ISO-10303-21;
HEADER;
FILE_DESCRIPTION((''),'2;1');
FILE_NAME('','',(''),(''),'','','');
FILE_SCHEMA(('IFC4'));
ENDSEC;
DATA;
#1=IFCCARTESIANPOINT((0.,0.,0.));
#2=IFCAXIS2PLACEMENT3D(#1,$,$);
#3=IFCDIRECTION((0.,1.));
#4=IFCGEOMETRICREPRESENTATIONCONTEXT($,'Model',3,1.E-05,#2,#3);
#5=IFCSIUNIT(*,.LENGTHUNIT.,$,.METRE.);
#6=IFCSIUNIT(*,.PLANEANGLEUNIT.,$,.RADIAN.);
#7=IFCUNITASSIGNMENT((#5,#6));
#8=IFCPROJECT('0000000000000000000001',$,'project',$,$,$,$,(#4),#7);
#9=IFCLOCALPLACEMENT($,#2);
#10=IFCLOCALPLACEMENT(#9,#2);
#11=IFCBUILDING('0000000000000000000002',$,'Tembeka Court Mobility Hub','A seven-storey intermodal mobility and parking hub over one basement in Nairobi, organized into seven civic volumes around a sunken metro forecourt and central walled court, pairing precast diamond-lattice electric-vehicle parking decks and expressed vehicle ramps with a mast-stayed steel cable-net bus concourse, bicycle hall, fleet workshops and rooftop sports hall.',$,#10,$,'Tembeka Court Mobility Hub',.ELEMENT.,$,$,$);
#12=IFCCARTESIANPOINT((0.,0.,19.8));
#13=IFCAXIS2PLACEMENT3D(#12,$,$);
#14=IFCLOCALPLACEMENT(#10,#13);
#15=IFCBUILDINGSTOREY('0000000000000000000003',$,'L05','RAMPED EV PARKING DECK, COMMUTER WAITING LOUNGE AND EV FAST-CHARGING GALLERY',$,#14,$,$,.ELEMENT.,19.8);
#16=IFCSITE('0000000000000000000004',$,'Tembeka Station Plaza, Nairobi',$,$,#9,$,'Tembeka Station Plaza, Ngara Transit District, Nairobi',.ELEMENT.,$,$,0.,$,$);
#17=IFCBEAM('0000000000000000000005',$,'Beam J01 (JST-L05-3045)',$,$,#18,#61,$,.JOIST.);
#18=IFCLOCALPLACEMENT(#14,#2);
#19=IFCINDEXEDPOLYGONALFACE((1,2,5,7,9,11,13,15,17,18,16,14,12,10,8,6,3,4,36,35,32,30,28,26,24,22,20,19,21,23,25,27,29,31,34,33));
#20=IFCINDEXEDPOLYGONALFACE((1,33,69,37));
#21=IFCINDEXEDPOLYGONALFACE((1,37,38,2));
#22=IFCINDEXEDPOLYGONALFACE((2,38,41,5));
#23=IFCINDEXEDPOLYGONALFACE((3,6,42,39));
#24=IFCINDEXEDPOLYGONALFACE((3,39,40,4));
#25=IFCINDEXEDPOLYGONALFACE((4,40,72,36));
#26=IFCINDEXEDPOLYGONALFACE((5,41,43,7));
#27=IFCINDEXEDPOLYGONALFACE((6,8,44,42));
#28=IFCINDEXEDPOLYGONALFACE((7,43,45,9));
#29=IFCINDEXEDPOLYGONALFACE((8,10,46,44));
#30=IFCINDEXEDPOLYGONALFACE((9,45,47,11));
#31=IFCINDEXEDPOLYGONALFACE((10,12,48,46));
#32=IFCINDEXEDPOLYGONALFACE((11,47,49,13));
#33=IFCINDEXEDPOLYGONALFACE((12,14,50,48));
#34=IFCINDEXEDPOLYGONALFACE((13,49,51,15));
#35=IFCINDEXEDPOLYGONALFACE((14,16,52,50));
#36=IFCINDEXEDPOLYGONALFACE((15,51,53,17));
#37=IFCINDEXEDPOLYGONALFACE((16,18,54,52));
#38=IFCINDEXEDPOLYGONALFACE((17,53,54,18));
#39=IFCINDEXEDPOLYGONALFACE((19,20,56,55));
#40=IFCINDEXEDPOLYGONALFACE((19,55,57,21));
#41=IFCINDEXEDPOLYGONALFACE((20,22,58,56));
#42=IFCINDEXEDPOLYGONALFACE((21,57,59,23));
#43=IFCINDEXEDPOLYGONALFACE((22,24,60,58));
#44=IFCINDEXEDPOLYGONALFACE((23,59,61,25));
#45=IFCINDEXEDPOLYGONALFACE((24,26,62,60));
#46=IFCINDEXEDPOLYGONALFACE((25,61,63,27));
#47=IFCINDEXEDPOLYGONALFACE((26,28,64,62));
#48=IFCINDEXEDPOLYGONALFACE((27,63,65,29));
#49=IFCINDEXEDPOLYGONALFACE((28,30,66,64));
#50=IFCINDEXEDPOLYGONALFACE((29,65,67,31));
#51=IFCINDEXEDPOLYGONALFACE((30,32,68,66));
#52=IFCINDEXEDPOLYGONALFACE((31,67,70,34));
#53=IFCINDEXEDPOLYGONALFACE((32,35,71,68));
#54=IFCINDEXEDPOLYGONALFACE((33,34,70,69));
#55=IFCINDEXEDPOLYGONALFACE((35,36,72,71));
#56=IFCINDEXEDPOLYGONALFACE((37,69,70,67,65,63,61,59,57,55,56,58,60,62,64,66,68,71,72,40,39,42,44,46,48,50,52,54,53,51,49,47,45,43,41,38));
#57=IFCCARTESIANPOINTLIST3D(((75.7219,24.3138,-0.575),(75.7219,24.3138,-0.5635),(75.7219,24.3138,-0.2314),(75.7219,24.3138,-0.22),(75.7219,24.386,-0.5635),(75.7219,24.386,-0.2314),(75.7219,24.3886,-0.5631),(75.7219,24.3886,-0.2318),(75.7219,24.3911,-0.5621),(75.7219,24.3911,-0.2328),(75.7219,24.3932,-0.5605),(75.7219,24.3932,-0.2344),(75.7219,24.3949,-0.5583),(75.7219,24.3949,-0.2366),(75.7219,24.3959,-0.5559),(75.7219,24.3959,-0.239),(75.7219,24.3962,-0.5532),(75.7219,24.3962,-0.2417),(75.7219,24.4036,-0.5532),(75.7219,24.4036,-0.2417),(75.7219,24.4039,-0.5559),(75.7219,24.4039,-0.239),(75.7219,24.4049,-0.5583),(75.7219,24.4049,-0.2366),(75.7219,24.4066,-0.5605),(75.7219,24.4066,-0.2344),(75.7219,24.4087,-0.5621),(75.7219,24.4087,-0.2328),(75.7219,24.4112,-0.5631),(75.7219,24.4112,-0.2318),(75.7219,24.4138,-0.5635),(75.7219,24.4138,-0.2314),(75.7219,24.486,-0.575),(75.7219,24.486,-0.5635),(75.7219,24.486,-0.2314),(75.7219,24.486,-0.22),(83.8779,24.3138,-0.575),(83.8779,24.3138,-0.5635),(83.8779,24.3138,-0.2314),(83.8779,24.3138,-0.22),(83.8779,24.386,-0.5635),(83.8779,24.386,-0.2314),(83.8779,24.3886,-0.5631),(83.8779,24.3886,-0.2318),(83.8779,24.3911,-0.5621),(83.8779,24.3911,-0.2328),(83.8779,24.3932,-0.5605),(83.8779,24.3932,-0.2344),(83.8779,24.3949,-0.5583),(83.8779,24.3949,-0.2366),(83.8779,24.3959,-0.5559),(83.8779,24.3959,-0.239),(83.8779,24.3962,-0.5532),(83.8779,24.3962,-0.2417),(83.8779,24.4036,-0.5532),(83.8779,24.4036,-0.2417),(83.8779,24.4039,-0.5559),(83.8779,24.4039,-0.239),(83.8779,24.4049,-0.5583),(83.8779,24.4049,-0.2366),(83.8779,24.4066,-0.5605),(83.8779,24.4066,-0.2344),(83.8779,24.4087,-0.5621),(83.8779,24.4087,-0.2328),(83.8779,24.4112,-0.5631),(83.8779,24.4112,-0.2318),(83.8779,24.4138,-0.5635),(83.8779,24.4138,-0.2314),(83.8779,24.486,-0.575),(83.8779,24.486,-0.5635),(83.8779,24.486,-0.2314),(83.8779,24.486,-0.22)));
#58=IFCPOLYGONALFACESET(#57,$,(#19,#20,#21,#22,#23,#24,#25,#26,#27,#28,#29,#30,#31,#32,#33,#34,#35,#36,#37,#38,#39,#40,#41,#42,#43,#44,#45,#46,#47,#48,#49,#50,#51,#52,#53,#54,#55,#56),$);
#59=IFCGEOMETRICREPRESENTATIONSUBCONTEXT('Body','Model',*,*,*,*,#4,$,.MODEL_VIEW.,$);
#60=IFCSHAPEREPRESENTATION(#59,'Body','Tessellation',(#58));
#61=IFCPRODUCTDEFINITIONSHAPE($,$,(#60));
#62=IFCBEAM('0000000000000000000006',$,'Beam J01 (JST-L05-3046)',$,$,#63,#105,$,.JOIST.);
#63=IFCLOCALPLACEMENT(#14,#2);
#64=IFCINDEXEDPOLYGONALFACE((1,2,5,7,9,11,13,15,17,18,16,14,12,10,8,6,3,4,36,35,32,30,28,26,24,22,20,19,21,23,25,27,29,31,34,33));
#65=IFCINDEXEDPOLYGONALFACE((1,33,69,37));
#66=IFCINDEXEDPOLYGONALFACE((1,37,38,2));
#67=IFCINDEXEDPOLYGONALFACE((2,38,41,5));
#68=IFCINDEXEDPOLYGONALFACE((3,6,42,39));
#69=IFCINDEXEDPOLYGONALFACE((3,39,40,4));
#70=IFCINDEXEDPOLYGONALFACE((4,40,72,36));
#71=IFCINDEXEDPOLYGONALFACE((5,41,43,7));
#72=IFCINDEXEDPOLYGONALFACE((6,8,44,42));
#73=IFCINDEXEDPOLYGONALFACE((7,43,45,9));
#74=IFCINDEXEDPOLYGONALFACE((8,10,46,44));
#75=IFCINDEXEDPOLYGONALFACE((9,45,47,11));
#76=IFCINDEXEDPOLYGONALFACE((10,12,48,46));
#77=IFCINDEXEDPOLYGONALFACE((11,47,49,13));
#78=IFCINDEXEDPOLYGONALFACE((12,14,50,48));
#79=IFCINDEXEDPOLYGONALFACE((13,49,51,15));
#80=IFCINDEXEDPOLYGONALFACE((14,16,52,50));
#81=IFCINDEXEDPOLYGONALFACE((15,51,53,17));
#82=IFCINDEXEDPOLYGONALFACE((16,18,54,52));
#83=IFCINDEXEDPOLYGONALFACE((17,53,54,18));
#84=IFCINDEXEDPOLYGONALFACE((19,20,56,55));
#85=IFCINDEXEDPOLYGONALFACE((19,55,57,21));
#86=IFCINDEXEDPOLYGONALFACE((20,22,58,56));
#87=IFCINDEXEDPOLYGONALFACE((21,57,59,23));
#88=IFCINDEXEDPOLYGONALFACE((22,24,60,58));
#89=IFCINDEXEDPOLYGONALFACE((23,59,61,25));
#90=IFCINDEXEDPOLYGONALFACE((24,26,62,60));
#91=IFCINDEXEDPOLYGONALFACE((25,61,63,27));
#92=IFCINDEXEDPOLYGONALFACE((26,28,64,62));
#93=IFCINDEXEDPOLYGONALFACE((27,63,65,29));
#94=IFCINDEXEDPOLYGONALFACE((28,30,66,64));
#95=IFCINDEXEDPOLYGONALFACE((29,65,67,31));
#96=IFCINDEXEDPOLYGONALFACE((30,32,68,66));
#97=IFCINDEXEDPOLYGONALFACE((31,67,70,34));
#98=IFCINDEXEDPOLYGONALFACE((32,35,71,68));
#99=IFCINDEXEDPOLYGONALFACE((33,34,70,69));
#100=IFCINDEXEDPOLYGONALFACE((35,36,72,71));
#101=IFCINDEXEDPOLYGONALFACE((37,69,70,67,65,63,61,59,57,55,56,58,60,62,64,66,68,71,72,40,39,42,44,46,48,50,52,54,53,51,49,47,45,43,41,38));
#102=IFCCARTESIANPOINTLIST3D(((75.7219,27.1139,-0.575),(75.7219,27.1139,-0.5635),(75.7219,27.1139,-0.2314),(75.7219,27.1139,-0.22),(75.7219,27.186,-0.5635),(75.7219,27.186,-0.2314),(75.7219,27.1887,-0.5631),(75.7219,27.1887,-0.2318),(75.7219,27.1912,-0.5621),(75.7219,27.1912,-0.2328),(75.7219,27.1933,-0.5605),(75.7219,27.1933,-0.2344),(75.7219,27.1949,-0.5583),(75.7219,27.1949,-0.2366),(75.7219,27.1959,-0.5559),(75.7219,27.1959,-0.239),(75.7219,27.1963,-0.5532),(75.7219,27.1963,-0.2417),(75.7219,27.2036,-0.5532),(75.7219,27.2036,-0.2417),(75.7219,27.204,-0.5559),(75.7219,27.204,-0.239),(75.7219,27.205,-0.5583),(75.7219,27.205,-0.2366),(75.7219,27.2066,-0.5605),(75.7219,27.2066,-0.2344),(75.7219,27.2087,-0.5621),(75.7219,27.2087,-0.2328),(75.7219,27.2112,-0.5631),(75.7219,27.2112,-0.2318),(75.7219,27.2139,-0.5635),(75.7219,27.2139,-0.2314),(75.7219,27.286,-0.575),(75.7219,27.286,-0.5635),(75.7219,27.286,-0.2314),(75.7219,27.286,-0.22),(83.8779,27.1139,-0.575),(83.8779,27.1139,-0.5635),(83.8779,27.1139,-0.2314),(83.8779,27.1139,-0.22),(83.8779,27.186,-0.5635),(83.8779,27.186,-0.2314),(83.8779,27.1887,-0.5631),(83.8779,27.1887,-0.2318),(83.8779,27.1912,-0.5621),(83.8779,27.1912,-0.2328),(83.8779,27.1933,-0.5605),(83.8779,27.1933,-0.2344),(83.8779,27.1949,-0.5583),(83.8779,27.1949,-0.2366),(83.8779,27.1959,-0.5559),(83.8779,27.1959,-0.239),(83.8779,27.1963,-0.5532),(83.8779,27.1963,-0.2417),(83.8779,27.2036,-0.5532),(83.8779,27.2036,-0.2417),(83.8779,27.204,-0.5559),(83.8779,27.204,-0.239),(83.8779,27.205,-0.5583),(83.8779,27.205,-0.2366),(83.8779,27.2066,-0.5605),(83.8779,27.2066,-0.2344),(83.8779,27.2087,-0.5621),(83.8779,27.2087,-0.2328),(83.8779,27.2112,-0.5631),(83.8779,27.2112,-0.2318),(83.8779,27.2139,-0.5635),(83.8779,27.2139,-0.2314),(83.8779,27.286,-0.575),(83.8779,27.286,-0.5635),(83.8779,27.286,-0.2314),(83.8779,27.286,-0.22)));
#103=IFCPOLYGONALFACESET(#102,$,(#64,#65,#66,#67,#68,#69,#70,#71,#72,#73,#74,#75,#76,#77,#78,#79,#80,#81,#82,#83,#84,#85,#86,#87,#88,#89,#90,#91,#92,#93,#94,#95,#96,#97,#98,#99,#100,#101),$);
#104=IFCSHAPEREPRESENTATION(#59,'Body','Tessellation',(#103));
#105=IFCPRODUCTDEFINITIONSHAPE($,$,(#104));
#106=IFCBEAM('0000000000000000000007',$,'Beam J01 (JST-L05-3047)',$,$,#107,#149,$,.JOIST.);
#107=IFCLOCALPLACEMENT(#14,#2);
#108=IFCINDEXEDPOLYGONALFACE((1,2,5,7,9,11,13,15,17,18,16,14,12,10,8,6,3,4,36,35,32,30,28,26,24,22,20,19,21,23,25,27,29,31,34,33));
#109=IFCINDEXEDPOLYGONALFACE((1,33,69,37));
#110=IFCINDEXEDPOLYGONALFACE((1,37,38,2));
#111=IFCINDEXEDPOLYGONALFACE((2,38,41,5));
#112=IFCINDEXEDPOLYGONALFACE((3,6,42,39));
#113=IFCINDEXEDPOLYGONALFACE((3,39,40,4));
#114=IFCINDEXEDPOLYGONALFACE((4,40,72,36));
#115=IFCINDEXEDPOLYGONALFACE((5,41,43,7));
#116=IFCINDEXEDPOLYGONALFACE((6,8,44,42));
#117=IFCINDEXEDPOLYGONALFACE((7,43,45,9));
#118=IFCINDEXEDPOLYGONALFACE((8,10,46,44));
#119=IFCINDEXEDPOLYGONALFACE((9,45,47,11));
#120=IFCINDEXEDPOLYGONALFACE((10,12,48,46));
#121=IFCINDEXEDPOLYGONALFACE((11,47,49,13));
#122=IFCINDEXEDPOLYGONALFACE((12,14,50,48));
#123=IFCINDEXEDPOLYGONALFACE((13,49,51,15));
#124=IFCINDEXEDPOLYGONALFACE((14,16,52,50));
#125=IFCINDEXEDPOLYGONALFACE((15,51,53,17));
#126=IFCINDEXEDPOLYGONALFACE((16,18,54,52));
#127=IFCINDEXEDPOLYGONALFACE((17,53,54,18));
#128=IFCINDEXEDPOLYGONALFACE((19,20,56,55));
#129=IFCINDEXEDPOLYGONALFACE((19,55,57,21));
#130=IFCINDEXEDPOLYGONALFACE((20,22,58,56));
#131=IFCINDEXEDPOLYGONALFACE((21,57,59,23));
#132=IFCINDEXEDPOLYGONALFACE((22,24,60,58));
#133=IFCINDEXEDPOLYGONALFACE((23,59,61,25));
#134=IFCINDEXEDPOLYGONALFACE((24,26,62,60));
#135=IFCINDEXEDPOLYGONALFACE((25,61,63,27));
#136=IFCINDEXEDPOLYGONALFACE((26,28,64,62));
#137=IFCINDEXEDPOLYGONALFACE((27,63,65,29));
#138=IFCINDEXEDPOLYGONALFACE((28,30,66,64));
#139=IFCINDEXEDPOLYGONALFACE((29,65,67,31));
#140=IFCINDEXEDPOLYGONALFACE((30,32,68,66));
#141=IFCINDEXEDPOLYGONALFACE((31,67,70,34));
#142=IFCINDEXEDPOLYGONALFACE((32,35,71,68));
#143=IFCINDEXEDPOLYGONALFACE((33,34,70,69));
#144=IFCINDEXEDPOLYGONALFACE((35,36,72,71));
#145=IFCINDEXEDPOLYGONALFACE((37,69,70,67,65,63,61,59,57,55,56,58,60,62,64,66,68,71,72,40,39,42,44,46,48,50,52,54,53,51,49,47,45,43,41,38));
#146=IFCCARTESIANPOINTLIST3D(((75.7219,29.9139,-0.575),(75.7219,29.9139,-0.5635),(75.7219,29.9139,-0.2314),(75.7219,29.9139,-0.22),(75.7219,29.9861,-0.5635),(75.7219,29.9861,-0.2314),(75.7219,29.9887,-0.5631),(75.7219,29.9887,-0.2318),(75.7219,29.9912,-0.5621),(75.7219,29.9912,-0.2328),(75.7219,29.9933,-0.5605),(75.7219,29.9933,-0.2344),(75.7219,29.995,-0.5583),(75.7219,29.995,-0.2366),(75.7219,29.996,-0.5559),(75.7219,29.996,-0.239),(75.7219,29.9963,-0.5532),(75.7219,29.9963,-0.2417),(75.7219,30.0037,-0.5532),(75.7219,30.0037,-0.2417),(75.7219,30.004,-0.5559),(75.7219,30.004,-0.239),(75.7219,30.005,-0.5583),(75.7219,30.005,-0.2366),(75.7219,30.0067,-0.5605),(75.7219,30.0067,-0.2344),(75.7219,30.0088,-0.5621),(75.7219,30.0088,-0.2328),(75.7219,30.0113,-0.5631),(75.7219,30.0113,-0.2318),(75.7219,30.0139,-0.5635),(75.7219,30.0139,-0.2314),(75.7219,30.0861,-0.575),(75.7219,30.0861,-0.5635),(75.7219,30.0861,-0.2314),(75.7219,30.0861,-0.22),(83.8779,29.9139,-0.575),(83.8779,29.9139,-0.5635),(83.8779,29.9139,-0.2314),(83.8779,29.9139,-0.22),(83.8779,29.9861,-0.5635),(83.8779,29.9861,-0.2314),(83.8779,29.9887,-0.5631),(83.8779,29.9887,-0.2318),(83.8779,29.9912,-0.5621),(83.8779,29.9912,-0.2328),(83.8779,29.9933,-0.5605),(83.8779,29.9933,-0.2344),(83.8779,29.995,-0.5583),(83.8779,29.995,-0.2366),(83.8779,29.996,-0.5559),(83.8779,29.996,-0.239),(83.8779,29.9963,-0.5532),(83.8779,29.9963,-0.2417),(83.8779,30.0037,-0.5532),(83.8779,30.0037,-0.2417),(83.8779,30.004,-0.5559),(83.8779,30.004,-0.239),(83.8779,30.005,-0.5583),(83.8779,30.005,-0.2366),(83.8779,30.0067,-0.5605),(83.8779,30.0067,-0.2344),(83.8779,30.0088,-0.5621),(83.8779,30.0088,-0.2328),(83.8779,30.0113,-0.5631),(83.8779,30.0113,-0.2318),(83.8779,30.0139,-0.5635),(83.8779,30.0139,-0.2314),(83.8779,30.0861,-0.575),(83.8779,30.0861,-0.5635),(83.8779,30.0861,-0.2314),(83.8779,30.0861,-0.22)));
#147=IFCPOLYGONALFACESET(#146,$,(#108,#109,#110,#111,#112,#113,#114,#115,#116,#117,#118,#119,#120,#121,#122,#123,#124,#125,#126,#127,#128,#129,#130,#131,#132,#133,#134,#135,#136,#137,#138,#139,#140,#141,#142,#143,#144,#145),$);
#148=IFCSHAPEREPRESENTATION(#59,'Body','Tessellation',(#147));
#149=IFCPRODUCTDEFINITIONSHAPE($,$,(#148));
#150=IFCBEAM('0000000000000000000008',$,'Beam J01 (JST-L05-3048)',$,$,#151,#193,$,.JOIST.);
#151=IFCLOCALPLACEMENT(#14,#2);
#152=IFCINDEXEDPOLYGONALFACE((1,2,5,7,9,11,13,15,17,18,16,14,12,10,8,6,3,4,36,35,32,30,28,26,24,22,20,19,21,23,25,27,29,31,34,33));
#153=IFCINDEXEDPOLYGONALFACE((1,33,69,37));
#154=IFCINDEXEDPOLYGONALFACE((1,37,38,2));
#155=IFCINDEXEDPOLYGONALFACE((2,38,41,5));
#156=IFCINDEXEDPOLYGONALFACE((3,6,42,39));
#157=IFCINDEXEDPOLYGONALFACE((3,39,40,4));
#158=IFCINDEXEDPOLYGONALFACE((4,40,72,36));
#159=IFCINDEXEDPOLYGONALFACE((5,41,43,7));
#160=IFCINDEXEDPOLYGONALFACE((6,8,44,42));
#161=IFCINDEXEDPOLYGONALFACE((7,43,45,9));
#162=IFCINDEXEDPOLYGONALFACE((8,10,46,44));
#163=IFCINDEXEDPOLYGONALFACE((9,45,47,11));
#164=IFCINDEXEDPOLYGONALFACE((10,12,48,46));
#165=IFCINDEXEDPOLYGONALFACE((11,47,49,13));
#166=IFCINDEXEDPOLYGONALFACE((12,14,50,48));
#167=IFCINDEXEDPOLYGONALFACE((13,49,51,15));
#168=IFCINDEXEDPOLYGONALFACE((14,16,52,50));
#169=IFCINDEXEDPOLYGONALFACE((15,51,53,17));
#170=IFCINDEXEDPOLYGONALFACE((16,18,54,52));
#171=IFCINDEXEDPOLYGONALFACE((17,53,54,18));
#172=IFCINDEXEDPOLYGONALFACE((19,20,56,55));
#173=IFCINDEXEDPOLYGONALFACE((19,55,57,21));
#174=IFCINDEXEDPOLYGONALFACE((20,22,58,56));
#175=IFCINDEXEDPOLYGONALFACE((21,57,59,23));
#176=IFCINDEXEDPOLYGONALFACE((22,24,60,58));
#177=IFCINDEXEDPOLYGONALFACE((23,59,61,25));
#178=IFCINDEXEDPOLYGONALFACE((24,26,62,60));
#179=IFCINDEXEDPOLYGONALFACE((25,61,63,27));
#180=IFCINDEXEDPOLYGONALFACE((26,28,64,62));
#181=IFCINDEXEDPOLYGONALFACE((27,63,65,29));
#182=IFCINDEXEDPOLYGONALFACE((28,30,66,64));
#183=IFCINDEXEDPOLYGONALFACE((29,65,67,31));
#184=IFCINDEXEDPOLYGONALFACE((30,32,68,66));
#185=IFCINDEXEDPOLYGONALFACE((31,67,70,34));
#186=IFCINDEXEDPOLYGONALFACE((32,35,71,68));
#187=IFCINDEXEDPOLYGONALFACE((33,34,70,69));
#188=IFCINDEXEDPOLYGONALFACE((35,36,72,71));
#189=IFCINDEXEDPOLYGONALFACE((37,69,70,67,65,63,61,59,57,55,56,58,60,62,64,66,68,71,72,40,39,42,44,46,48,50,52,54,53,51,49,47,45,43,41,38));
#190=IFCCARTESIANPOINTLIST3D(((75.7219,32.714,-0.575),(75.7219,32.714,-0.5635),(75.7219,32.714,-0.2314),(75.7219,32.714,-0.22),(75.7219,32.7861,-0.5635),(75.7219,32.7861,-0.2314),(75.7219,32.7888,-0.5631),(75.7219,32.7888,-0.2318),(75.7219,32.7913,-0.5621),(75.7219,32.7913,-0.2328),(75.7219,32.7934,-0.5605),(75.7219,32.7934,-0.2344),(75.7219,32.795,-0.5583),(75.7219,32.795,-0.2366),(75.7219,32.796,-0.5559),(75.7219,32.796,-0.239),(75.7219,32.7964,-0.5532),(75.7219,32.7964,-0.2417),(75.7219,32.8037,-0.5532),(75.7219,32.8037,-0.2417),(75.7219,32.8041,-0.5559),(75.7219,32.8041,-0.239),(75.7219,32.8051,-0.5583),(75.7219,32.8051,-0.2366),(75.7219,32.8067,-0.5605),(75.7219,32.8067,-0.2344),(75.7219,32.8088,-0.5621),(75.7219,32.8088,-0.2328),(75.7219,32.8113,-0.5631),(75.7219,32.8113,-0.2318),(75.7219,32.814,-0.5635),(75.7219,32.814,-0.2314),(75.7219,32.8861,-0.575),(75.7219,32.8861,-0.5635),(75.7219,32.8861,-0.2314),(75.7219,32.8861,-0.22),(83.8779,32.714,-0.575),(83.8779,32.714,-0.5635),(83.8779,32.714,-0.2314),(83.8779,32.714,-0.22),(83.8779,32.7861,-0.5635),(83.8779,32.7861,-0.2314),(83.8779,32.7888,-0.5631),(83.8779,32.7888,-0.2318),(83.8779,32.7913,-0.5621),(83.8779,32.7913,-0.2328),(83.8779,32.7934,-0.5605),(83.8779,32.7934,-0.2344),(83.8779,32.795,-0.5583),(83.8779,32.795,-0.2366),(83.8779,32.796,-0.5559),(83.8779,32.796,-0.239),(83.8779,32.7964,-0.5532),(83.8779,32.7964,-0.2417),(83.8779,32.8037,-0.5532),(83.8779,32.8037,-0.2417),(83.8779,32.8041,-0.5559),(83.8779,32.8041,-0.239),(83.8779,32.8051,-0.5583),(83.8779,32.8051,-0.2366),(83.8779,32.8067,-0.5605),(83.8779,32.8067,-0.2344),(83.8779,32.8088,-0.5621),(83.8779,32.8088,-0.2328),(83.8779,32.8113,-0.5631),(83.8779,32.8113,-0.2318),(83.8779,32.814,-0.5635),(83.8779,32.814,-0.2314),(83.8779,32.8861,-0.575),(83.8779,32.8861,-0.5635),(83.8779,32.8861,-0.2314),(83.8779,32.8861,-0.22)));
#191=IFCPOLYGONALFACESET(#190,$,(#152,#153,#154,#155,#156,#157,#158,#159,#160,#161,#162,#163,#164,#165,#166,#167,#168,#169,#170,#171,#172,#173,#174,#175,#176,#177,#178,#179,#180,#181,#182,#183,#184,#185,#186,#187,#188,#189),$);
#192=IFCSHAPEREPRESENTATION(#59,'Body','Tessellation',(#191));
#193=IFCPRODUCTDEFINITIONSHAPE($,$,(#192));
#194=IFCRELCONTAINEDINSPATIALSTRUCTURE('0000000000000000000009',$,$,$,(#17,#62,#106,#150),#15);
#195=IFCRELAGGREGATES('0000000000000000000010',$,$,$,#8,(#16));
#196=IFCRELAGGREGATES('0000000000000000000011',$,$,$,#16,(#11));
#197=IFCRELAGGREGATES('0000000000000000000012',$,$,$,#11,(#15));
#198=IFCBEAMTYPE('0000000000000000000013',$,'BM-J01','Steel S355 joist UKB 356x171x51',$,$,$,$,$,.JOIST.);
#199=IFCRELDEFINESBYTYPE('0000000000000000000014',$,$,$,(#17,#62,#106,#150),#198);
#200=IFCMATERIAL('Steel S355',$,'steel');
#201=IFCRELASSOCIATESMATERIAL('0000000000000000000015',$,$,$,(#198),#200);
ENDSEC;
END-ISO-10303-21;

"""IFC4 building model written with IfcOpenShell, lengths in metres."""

from ifc_helpers import new_model, si_unit, direction, frame, origin, origin_2d, place, context, subcontext, project, spatial, i_section, extrude, material, material_profile, profile_set, type_object, element, save


model = new_model("IFC4")

# Units and contexts
model_context = context("Model", 3, precision=1e-05, world=origin(), true_north=direction((0.0, 1.0)))
body_context = subcontext(model_context, "Body", "Model", "MODEL_VIEW")
ifc_project = project(units=[si_unit("LENGTHUNIT", "METRE"), si_unit("PLANEANGLEUNIT", "RADIAN")], contexts=[model_context])

# Site, building, storey
site_placement = place(None, origin())
site = spatial("IfcSite", under=ifc_project, at=site_placement, Name="Tembeka Station Plaza, Nairobi", LongName="Tembeka Station Plaza, Ngara Transit District, Nairobi", CompositionType="ELEMENT", RefElevation=0.0)
building_placement = place(site_placement, origin())
building = spatial("IfcBuilding", under=site, at=building_placement, Name="Tembeka Court Mobility Hub", Description="A seven-storey intermodal mobility and parking hub over one basement in Nairobi, organized into seven civic volumes around a sunken metro forecourt and central walled court, pairing precast diamond-lattice electric-vehicle parking decks and expressed vehicle ramps with a mast-stayed steel cable-net bus concourse, bicycle hall, fleet workshops and rooftop sports hall.", LongName="Tembeka Court Mobility Hub", CompositionType="ELEMENT")
storey_placement = place(building_placement, frame((0.0, 0.0, 19.8)))
storey = spatial("IfcBuildingStorey", under=building, at=storey_placement, Name="L05", Description="RAMPED EV PARKING DECK, COMMUTER WAITING LOUNGE AND EV FAST-CHARGING GALLERY", CompositionType="ELEMENT", Elevation=19.8)

# Shared definitions
ifc_material_1 = material(Name="Steel S355", Category="steel")

# Beams
ifc_material_profile_1 = material_profile(ifc_material_1, i_section(OverallWidth=0.1721, OverallDepth=0.355, WebThickness=0.0073, FlangeThickness=0.0115, FilletRadius=0.0103, at=origin_2d()), Name="UKB 356x171x51")
ifc_profile_set_1 = profile_set([ifc_material_profile_1], Name="Steel S355")
beam_type_1 = type_object("IfcBeamType", Name="BM-J01", Description="Steel S355 joist UKB 356x171x51", PredefinedType="JOIST", material=ifc_profile_set_1)
for number, where, z_axis, x_axis, name in (
    (1, (75.7219, 24.3999, -0.3975), (1.0, 0.0, 0.0), (0.0, 1.0, 0.0), "Beam J01 (JST-L05-3045)"),
    (2, (75.7219, 27.2, -0.3975), (1.0, 0.0, 0.0), (0.0, 1.0, 0.0), "Beam J01 (JST-L05-3046)"),
    (3, (75.7219, 30.0, -0.3975), (1.0, 0.0, 0.0), (0.0, 1.0, 0.0), "Beam J01 (JST-L05-3047)"),
    (4, (75.7219, 32.8, -0.3975), (1.0, 0.0, 0.0), (0.0, 1.0, 0.0), "Beam J01 (JST-L05-3048)"),
):
    element("IfcBeam", number, at=place(storey_placement, frame(where, z_axis=z_axis, x_axis=x_axis)), inside=storey, type_object=beam_type_1, Name=name, PredefinedType="JOIST", context=body_context, shape_type="SweptSolid", body=[
        extrude(i_section(OverallWidth=0.1721, OverallDepth=0.355, WebThickness=0.0073, FlangeThickness=0.0115, FilletRadius=0.0103, at=origin_2d()), origin(), (0.0, 0.0, 1.0), 8.156),
    ])

save(model, "model.ifc")
